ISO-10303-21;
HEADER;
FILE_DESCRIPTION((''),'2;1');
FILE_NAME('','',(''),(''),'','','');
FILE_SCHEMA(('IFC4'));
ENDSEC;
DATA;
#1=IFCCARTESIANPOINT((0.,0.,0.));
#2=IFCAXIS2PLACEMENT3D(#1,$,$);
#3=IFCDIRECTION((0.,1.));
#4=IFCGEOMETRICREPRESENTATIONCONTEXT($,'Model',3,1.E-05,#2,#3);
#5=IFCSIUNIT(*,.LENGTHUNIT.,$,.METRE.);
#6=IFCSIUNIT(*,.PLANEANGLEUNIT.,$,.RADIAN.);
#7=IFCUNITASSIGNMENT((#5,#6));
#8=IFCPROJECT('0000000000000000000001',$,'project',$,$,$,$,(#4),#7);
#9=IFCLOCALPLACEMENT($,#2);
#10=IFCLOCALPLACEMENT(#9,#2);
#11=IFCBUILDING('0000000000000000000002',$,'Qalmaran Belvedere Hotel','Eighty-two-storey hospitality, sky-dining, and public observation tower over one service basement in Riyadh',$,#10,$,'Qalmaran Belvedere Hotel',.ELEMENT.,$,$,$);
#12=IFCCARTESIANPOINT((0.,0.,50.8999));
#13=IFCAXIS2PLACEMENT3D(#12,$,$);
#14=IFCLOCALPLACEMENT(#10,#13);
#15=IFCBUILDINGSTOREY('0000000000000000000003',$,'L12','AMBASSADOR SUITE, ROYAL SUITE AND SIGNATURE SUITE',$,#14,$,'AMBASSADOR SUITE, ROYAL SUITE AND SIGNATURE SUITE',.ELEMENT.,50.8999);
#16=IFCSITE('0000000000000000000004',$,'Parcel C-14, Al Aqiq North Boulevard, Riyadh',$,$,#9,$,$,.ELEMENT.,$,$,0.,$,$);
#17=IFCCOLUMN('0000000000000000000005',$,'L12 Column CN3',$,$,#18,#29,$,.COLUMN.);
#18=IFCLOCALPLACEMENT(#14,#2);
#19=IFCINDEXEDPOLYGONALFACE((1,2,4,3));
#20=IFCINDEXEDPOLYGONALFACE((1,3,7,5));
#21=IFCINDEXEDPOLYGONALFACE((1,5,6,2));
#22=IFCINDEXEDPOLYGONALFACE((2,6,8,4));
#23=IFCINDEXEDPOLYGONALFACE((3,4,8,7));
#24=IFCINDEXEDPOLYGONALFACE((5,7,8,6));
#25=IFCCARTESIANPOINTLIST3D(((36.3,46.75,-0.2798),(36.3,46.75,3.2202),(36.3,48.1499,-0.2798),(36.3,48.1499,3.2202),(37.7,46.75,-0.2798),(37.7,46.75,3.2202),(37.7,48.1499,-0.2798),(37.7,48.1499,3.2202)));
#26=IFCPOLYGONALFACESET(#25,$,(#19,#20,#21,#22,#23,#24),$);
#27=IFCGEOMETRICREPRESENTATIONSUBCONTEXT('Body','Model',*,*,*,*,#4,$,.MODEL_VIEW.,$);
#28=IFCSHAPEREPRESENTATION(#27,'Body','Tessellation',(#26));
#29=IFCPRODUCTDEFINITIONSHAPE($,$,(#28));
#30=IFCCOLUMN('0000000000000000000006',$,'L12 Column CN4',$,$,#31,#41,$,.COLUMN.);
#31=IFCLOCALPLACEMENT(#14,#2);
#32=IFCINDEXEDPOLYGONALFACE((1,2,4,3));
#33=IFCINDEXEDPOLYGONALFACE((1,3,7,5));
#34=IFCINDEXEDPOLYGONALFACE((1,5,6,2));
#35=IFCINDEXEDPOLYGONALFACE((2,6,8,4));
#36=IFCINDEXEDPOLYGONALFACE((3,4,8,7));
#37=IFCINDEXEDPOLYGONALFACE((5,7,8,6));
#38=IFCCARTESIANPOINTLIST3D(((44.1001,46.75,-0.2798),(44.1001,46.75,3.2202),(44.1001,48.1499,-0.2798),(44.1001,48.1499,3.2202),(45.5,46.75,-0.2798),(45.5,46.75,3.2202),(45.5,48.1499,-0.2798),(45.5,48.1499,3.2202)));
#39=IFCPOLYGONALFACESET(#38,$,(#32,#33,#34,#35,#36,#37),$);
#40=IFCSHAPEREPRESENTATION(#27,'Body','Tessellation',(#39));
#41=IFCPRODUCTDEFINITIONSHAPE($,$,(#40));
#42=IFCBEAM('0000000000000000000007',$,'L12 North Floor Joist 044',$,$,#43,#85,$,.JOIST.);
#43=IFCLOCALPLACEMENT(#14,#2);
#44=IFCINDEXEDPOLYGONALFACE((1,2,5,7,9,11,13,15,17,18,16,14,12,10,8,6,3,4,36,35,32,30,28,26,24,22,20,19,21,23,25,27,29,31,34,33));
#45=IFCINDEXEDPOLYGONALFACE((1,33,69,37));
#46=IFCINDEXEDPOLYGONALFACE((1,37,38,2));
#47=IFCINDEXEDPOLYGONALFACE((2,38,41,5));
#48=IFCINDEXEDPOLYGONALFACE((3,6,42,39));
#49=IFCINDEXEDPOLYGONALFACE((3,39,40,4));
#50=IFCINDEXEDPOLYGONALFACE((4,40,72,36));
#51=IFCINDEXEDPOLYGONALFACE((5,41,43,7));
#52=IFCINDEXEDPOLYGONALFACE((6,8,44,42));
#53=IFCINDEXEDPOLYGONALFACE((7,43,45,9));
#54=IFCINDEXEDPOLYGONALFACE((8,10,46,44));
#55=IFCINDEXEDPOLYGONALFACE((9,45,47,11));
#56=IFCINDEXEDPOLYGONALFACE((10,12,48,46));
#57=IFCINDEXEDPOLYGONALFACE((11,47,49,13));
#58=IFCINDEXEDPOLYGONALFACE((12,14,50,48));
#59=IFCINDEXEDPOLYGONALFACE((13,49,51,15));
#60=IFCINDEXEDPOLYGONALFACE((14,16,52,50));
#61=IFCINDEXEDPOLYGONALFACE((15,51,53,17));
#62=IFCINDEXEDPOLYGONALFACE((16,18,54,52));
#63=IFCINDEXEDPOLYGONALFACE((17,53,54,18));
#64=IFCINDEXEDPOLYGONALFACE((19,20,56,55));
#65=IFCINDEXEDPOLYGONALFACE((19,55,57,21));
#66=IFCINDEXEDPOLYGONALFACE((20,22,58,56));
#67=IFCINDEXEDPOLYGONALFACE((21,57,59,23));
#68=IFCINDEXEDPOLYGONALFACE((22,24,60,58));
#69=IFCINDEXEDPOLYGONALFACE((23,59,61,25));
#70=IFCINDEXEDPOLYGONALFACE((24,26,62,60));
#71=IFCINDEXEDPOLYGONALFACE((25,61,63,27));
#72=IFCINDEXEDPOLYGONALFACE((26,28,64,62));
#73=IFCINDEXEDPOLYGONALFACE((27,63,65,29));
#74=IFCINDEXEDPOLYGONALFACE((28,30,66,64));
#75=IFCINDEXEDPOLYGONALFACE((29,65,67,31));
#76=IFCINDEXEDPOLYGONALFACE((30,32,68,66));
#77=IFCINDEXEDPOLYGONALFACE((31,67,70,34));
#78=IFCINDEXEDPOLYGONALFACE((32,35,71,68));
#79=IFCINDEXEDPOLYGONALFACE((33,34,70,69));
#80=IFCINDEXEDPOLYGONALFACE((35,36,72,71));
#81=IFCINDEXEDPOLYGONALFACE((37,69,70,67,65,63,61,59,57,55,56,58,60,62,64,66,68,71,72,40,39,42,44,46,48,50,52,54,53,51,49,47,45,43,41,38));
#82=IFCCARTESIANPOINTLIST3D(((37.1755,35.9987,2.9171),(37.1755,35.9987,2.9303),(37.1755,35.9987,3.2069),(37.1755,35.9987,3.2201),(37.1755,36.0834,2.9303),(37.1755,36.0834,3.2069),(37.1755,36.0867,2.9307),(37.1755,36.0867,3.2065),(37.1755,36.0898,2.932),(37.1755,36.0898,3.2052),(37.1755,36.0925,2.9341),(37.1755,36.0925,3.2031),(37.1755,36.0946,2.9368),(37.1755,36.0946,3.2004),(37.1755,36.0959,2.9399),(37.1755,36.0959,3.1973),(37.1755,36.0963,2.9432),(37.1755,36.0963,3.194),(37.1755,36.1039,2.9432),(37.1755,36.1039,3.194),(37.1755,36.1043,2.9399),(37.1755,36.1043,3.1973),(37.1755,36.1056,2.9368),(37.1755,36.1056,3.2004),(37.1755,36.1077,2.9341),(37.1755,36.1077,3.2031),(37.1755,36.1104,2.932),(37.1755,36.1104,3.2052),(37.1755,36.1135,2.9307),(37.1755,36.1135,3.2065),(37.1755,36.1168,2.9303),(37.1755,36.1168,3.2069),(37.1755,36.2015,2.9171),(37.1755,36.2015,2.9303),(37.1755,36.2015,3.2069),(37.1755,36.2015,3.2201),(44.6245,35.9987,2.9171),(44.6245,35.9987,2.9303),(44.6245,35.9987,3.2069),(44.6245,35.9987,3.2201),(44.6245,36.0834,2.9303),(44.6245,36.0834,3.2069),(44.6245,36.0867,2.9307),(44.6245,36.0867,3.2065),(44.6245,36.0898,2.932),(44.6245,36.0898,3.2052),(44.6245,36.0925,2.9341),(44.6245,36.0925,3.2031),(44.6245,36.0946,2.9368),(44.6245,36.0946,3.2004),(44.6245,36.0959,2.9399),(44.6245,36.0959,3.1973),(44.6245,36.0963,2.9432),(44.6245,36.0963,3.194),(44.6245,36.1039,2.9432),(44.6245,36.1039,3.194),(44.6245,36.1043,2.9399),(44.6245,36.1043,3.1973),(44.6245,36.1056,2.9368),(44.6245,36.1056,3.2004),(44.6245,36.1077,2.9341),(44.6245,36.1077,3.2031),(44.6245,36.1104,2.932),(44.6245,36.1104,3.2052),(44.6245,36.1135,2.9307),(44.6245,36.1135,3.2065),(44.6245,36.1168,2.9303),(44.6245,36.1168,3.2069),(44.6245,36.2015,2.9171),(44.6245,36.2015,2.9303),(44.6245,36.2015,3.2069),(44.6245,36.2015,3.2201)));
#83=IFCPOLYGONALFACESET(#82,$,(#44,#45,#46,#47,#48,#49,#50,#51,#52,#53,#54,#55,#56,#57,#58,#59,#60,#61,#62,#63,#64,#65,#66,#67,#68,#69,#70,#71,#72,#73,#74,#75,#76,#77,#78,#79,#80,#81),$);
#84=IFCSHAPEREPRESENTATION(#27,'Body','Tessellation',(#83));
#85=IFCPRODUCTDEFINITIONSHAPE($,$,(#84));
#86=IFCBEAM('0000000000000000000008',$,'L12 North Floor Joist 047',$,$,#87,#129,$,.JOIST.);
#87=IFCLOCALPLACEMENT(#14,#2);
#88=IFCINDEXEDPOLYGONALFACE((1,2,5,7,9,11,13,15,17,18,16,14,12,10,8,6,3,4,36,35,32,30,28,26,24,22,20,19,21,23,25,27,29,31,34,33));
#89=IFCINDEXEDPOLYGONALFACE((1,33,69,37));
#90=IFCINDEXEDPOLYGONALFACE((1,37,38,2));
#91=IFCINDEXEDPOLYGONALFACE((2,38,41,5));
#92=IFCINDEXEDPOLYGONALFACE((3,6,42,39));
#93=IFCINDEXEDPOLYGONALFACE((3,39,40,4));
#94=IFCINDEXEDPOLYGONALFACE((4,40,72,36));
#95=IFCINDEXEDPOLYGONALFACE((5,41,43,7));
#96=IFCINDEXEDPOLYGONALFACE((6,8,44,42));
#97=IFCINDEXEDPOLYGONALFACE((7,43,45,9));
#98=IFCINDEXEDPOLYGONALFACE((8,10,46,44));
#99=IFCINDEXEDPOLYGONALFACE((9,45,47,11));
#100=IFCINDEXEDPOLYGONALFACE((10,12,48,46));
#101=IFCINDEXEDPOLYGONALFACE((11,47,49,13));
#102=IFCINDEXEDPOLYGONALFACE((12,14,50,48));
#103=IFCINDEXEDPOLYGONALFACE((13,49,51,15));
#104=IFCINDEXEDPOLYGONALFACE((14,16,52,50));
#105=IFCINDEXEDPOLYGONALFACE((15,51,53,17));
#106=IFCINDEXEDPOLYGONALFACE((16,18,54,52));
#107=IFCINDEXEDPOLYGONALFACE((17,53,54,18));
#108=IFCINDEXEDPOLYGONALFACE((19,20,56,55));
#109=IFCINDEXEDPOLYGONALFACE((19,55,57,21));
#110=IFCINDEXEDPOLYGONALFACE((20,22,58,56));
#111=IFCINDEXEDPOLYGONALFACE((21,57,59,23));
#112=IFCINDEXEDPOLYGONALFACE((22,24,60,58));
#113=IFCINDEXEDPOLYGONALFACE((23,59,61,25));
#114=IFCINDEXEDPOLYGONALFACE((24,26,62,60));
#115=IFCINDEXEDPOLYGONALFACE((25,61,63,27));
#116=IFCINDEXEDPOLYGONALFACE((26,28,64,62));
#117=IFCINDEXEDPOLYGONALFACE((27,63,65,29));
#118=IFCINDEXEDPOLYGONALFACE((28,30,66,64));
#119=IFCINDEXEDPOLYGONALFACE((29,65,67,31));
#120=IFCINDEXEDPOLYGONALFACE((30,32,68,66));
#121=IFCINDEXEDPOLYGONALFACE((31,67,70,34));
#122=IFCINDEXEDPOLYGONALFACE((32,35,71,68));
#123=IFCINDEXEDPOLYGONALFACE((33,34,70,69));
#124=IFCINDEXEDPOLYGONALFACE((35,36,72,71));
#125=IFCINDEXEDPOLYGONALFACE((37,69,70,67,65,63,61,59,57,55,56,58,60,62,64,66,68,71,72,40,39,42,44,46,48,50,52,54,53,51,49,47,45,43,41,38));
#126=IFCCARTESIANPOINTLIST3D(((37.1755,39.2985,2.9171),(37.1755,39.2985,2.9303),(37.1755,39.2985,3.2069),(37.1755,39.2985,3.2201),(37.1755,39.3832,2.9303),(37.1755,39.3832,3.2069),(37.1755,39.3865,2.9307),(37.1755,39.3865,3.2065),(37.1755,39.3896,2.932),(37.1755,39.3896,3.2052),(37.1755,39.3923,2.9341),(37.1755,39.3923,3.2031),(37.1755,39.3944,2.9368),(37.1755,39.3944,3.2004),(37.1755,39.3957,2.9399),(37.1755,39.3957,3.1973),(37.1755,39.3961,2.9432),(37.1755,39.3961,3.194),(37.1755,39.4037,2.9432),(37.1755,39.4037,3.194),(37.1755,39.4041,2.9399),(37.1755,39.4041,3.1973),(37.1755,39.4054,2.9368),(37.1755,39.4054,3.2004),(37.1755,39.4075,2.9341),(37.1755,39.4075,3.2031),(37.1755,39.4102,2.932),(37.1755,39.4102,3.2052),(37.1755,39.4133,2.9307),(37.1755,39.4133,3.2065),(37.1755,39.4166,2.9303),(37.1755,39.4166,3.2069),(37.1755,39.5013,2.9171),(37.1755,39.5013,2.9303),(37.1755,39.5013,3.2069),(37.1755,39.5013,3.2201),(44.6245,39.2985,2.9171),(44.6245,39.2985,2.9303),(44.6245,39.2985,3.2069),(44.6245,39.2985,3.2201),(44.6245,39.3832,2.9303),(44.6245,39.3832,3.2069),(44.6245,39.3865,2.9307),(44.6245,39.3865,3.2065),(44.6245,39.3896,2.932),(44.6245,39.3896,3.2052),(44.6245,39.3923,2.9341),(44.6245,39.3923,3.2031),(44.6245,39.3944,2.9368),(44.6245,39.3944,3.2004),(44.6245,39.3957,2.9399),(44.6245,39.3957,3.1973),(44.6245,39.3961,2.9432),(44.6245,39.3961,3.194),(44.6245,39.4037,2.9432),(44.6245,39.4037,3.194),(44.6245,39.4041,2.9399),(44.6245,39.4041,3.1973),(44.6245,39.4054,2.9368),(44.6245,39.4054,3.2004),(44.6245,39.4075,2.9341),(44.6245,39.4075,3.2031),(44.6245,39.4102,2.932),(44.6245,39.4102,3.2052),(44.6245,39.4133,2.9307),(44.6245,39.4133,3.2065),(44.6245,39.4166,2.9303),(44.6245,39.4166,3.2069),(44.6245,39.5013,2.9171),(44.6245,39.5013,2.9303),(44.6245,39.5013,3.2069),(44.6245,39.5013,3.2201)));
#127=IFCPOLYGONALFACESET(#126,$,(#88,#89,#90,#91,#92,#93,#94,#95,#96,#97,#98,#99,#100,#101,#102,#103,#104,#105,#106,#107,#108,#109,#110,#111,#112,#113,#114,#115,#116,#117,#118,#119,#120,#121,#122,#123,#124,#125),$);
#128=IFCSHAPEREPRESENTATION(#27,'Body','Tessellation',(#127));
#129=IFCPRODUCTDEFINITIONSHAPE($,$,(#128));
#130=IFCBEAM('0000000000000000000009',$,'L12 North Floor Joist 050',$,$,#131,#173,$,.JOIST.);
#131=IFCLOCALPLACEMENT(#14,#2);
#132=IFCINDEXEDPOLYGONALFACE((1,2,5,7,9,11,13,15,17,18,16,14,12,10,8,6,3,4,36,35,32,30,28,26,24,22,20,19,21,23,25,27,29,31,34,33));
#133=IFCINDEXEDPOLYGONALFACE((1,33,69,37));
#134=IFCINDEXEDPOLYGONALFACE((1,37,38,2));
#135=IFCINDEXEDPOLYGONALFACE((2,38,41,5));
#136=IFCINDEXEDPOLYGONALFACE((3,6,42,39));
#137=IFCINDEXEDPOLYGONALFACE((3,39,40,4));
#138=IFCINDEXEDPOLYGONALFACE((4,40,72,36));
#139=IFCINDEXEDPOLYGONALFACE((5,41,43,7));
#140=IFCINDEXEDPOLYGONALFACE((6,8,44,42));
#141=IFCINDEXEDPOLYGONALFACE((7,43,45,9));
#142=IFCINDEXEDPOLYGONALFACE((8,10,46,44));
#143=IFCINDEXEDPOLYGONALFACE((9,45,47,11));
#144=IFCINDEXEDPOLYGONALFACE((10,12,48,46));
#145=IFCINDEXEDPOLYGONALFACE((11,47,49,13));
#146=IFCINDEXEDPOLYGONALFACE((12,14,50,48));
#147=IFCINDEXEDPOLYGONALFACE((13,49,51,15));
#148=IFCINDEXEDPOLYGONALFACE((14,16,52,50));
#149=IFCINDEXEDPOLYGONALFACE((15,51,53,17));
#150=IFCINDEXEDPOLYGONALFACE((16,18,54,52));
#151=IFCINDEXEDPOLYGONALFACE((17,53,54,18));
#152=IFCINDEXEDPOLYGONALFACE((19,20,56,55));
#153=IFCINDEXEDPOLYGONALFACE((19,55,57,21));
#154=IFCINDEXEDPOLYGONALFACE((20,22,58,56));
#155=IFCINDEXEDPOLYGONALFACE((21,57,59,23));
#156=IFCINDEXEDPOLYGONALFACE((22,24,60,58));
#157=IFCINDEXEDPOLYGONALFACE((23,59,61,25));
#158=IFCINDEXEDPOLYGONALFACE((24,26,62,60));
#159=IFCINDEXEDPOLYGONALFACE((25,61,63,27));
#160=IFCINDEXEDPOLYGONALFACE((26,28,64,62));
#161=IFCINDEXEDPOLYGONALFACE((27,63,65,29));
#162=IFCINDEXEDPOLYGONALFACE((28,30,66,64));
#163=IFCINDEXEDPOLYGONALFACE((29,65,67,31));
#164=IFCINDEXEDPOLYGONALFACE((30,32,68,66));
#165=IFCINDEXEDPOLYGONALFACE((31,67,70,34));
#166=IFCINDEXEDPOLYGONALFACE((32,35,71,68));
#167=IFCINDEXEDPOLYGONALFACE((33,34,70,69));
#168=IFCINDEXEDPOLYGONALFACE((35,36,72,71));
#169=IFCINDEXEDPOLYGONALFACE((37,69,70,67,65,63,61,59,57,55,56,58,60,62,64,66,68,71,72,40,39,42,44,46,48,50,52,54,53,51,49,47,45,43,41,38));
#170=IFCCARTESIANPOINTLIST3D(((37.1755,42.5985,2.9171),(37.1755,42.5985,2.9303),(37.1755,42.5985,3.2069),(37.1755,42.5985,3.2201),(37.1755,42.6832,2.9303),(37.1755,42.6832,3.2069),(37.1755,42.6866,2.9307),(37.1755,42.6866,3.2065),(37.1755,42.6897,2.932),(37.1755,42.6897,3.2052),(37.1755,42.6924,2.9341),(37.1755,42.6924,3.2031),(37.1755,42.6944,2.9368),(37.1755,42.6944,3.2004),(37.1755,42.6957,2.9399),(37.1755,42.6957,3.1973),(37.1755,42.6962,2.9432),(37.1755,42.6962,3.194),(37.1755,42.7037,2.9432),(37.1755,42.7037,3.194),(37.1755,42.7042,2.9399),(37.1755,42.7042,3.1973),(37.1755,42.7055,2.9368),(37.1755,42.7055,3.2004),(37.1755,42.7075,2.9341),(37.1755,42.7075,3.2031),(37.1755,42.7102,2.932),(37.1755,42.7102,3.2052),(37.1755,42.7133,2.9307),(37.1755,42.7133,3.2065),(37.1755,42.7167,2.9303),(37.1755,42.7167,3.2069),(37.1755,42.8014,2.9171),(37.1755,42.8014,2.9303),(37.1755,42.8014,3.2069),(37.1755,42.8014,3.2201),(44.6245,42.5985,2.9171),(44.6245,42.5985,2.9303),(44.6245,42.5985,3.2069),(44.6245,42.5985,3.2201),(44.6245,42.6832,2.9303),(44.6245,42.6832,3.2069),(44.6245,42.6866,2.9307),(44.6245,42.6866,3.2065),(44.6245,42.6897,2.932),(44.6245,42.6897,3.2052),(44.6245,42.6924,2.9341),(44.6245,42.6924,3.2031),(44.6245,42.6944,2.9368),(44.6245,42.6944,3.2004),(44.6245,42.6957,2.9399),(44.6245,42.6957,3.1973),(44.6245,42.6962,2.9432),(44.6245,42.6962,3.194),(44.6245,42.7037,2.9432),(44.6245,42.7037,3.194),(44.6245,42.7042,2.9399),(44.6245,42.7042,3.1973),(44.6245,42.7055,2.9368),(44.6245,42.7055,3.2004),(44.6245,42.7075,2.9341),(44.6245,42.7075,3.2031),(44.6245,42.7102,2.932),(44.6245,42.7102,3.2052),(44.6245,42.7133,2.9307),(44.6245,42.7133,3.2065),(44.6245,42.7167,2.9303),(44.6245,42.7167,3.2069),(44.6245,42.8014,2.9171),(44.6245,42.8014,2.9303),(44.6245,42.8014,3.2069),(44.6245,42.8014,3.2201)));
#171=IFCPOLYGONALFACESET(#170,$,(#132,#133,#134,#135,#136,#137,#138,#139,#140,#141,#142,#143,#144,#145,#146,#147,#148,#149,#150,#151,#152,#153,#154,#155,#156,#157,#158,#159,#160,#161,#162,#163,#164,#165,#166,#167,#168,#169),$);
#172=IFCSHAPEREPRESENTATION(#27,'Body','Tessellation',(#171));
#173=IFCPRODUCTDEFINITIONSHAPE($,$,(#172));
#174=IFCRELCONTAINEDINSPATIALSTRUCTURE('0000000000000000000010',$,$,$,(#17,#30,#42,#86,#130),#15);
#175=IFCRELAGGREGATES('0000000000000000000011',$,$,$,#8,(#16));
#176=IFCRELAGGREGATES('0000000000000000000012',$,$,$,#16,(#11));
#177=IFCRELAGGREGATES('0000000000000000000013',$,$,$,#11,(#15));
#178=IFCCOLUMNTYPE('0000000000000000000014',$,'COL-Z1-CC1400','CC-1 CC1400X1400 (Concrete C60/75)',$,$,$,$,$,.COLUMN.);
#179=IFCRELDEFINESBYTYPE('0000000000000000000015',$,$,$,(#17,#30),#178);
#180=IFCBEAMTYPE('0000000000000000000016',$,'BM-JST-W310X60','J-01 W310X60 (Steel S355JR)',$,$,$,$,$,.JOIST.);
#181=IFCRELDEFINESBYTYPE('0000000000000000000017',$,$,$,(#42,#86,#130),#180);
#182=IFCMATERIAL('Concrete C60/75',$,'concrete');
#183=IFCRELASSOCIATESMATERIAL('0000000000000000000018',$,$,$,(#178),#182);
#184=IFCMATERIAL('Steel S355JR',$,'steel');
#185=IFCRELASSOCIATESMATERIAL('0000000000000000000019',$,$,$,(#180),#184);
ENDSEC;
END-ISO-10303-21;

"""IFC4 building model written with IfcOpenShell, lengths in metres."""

from ifc_helpers import new_model, si_unit, direction, frame, origin, origin_2d, place, context, subcontext, project, spatial, rectangle, i_section, extrude, material, material_profile, profile_set, type_object, element, save


model = new_model("IFC4")

# Units and contexts
model_context = context("Model", 3, precision=1e-05, world=origin(), true_north=direction((0.0, 1.0)))
body_context = subcontext(model_context, "Body", "Model", "MODEL_VIEW")
ifc_project = project(units=[si_unit("LENGTHUNIT", "METRE"), si_unit("PLANEANGLEUNIT", "RADIAN")], contexts=[model_context])

# Site, building, storey
site_placement = place(None, origin())
site = spatial("IfcSite", under=ifc_project, at=site_placement, Name="Parcel C-14, Al Aqiq North Boulevard, Riyadh", CompositionType="ELEMENT", RefElevation=0.0)
building_placement = place(site_placement, origin())
building = spatial("IfcBuilding", under=site, at=building_placement, Name="Qalmaran Belvedere Hotel", Description="Eighty-two-storey hospitality, sky-dining, and public observation tower over one service basement in Riyadh", LongName="Qalmaran Belvedere Hotel", CompositionType="ELEMENT")
storey_placement = place(building_placement, frame((0.0, 0.0, 50.8999)))
storey = spatial("IfcBuildingStorey", under=building, at=storey_placement, Name="L12", Description="AMBASSADOR SUITE, ROYAL SUITE AND SIGNATURE SUITE", LongName="AMBASSADOR SUITE, ROYAL SUITE AND SIGNATURE SUITE", CompositionType="ELEMENT", Elevation=50.8999)

# Columns
ifc_material_1 = material(Name="Concrete C60/75", Category="concrete")
ifc_material_profile_1 = material_profile(ifc_material_1, rectangle(XDim=1.3999, YDim=1.3999, at=origin_2d()), Name="CC1400X1400")
ifc_profile_set_1 = profile_set([ifc_material_profile_1], Name="Concrete C60/75")
column_type = type_object("IfcColumnType", Name="COL-Z1-CC1400", Description="CC-1 CC1400X1400 (Concrete C60/75)", PredefinedType="COLUMN", material=ifc_profile_set_1)
for number, where, z_axis, x_axis, name in (
    (1, (37.0, 47.45, -0.2798), (0.0, 0.0, 1.0), (1.0, 0.0, 0.0), "L12 Column CN3"),
    (2, (44.8, 47.45, -0.2798), (0.0, 0.0, 1.0), (1.0, 0.0, 0.0), "L12 Column CN4"),
):
    element("IfcColumn", number, at=place(storey_placement, frame(where, z_axis=z_axis, x_axis=x_axis)), inside=storey, type_object=column_type, Name=name, PredefinedType="COLUMN", context=body_context, shape_type="SweptSolid", body=[
        extrude(rectangle(XDim=1.3999, YDim=1.3999, at=origin_2d()), origin(), (0.0, 0.0, 1.0), 3.5),
    ])

# Beams
ifc_material_2 = material(Name="Steel S355JR", Category="steel")
ifc_material_profile_2 = material_profile(ifc_material_2, i_section(OverallWidth=0.2029, OverallDepth=0.303, WebThickness=0.0076, FlangeThickness=0.0132, FilletRadius=0.0129, at=origin_2d()), Name="W310X60")
ifc_profile_set_2 = profile_set([ifc_material_profile_2], Name="Steel S355JR")
beam_type_1 = type_object("IfcBeamType", Name="BM-JST-W310X60", Description="J-01 W310X60 (Steel S355JR)", PredefinedType="JOIST", material=ifc_profile_set_2)
for number, where, z_axis, x_axis, name in (
    (3, (37.1755, 36.1001, 3.0686), (1.0, 0.0, 0.0), (0.0, 1.0, 0.0), "L12 North Floor Joist 044"),
    (4, (37.1755, 39.3999, 3.0686), (1.0, 0.0, 0.0), (0.0, 1.0, 0.0), "L12 North Floor Joist 047"),
    (5, (37.1755, 42.7, 3.0686), (1.0, 0.0, 0.0), (0.0, 1.0, 0.0), "L12 North Floor Joist 050"),
):
    element("IfcBeam", number, at=place(storey_placement, frame(where, z_axis=z_axis, x_axis=x_axis)), inside=storey, type_object=beam_type_1, Name=name, PredefinedType="JOIST", context=body_context, shape_type="SweptSolid", body=[
        extrude(i_section(OverallWidth=0.2029, OverallDepth=0.303, WebThickness=0.0076, FlangeThickness=0.0132, FilletRadius=0.0129, at=origin_2d()), origin(), (0.0, 0.0, 1.0), 7.449),
    ])

save(model, "model.ifc")
